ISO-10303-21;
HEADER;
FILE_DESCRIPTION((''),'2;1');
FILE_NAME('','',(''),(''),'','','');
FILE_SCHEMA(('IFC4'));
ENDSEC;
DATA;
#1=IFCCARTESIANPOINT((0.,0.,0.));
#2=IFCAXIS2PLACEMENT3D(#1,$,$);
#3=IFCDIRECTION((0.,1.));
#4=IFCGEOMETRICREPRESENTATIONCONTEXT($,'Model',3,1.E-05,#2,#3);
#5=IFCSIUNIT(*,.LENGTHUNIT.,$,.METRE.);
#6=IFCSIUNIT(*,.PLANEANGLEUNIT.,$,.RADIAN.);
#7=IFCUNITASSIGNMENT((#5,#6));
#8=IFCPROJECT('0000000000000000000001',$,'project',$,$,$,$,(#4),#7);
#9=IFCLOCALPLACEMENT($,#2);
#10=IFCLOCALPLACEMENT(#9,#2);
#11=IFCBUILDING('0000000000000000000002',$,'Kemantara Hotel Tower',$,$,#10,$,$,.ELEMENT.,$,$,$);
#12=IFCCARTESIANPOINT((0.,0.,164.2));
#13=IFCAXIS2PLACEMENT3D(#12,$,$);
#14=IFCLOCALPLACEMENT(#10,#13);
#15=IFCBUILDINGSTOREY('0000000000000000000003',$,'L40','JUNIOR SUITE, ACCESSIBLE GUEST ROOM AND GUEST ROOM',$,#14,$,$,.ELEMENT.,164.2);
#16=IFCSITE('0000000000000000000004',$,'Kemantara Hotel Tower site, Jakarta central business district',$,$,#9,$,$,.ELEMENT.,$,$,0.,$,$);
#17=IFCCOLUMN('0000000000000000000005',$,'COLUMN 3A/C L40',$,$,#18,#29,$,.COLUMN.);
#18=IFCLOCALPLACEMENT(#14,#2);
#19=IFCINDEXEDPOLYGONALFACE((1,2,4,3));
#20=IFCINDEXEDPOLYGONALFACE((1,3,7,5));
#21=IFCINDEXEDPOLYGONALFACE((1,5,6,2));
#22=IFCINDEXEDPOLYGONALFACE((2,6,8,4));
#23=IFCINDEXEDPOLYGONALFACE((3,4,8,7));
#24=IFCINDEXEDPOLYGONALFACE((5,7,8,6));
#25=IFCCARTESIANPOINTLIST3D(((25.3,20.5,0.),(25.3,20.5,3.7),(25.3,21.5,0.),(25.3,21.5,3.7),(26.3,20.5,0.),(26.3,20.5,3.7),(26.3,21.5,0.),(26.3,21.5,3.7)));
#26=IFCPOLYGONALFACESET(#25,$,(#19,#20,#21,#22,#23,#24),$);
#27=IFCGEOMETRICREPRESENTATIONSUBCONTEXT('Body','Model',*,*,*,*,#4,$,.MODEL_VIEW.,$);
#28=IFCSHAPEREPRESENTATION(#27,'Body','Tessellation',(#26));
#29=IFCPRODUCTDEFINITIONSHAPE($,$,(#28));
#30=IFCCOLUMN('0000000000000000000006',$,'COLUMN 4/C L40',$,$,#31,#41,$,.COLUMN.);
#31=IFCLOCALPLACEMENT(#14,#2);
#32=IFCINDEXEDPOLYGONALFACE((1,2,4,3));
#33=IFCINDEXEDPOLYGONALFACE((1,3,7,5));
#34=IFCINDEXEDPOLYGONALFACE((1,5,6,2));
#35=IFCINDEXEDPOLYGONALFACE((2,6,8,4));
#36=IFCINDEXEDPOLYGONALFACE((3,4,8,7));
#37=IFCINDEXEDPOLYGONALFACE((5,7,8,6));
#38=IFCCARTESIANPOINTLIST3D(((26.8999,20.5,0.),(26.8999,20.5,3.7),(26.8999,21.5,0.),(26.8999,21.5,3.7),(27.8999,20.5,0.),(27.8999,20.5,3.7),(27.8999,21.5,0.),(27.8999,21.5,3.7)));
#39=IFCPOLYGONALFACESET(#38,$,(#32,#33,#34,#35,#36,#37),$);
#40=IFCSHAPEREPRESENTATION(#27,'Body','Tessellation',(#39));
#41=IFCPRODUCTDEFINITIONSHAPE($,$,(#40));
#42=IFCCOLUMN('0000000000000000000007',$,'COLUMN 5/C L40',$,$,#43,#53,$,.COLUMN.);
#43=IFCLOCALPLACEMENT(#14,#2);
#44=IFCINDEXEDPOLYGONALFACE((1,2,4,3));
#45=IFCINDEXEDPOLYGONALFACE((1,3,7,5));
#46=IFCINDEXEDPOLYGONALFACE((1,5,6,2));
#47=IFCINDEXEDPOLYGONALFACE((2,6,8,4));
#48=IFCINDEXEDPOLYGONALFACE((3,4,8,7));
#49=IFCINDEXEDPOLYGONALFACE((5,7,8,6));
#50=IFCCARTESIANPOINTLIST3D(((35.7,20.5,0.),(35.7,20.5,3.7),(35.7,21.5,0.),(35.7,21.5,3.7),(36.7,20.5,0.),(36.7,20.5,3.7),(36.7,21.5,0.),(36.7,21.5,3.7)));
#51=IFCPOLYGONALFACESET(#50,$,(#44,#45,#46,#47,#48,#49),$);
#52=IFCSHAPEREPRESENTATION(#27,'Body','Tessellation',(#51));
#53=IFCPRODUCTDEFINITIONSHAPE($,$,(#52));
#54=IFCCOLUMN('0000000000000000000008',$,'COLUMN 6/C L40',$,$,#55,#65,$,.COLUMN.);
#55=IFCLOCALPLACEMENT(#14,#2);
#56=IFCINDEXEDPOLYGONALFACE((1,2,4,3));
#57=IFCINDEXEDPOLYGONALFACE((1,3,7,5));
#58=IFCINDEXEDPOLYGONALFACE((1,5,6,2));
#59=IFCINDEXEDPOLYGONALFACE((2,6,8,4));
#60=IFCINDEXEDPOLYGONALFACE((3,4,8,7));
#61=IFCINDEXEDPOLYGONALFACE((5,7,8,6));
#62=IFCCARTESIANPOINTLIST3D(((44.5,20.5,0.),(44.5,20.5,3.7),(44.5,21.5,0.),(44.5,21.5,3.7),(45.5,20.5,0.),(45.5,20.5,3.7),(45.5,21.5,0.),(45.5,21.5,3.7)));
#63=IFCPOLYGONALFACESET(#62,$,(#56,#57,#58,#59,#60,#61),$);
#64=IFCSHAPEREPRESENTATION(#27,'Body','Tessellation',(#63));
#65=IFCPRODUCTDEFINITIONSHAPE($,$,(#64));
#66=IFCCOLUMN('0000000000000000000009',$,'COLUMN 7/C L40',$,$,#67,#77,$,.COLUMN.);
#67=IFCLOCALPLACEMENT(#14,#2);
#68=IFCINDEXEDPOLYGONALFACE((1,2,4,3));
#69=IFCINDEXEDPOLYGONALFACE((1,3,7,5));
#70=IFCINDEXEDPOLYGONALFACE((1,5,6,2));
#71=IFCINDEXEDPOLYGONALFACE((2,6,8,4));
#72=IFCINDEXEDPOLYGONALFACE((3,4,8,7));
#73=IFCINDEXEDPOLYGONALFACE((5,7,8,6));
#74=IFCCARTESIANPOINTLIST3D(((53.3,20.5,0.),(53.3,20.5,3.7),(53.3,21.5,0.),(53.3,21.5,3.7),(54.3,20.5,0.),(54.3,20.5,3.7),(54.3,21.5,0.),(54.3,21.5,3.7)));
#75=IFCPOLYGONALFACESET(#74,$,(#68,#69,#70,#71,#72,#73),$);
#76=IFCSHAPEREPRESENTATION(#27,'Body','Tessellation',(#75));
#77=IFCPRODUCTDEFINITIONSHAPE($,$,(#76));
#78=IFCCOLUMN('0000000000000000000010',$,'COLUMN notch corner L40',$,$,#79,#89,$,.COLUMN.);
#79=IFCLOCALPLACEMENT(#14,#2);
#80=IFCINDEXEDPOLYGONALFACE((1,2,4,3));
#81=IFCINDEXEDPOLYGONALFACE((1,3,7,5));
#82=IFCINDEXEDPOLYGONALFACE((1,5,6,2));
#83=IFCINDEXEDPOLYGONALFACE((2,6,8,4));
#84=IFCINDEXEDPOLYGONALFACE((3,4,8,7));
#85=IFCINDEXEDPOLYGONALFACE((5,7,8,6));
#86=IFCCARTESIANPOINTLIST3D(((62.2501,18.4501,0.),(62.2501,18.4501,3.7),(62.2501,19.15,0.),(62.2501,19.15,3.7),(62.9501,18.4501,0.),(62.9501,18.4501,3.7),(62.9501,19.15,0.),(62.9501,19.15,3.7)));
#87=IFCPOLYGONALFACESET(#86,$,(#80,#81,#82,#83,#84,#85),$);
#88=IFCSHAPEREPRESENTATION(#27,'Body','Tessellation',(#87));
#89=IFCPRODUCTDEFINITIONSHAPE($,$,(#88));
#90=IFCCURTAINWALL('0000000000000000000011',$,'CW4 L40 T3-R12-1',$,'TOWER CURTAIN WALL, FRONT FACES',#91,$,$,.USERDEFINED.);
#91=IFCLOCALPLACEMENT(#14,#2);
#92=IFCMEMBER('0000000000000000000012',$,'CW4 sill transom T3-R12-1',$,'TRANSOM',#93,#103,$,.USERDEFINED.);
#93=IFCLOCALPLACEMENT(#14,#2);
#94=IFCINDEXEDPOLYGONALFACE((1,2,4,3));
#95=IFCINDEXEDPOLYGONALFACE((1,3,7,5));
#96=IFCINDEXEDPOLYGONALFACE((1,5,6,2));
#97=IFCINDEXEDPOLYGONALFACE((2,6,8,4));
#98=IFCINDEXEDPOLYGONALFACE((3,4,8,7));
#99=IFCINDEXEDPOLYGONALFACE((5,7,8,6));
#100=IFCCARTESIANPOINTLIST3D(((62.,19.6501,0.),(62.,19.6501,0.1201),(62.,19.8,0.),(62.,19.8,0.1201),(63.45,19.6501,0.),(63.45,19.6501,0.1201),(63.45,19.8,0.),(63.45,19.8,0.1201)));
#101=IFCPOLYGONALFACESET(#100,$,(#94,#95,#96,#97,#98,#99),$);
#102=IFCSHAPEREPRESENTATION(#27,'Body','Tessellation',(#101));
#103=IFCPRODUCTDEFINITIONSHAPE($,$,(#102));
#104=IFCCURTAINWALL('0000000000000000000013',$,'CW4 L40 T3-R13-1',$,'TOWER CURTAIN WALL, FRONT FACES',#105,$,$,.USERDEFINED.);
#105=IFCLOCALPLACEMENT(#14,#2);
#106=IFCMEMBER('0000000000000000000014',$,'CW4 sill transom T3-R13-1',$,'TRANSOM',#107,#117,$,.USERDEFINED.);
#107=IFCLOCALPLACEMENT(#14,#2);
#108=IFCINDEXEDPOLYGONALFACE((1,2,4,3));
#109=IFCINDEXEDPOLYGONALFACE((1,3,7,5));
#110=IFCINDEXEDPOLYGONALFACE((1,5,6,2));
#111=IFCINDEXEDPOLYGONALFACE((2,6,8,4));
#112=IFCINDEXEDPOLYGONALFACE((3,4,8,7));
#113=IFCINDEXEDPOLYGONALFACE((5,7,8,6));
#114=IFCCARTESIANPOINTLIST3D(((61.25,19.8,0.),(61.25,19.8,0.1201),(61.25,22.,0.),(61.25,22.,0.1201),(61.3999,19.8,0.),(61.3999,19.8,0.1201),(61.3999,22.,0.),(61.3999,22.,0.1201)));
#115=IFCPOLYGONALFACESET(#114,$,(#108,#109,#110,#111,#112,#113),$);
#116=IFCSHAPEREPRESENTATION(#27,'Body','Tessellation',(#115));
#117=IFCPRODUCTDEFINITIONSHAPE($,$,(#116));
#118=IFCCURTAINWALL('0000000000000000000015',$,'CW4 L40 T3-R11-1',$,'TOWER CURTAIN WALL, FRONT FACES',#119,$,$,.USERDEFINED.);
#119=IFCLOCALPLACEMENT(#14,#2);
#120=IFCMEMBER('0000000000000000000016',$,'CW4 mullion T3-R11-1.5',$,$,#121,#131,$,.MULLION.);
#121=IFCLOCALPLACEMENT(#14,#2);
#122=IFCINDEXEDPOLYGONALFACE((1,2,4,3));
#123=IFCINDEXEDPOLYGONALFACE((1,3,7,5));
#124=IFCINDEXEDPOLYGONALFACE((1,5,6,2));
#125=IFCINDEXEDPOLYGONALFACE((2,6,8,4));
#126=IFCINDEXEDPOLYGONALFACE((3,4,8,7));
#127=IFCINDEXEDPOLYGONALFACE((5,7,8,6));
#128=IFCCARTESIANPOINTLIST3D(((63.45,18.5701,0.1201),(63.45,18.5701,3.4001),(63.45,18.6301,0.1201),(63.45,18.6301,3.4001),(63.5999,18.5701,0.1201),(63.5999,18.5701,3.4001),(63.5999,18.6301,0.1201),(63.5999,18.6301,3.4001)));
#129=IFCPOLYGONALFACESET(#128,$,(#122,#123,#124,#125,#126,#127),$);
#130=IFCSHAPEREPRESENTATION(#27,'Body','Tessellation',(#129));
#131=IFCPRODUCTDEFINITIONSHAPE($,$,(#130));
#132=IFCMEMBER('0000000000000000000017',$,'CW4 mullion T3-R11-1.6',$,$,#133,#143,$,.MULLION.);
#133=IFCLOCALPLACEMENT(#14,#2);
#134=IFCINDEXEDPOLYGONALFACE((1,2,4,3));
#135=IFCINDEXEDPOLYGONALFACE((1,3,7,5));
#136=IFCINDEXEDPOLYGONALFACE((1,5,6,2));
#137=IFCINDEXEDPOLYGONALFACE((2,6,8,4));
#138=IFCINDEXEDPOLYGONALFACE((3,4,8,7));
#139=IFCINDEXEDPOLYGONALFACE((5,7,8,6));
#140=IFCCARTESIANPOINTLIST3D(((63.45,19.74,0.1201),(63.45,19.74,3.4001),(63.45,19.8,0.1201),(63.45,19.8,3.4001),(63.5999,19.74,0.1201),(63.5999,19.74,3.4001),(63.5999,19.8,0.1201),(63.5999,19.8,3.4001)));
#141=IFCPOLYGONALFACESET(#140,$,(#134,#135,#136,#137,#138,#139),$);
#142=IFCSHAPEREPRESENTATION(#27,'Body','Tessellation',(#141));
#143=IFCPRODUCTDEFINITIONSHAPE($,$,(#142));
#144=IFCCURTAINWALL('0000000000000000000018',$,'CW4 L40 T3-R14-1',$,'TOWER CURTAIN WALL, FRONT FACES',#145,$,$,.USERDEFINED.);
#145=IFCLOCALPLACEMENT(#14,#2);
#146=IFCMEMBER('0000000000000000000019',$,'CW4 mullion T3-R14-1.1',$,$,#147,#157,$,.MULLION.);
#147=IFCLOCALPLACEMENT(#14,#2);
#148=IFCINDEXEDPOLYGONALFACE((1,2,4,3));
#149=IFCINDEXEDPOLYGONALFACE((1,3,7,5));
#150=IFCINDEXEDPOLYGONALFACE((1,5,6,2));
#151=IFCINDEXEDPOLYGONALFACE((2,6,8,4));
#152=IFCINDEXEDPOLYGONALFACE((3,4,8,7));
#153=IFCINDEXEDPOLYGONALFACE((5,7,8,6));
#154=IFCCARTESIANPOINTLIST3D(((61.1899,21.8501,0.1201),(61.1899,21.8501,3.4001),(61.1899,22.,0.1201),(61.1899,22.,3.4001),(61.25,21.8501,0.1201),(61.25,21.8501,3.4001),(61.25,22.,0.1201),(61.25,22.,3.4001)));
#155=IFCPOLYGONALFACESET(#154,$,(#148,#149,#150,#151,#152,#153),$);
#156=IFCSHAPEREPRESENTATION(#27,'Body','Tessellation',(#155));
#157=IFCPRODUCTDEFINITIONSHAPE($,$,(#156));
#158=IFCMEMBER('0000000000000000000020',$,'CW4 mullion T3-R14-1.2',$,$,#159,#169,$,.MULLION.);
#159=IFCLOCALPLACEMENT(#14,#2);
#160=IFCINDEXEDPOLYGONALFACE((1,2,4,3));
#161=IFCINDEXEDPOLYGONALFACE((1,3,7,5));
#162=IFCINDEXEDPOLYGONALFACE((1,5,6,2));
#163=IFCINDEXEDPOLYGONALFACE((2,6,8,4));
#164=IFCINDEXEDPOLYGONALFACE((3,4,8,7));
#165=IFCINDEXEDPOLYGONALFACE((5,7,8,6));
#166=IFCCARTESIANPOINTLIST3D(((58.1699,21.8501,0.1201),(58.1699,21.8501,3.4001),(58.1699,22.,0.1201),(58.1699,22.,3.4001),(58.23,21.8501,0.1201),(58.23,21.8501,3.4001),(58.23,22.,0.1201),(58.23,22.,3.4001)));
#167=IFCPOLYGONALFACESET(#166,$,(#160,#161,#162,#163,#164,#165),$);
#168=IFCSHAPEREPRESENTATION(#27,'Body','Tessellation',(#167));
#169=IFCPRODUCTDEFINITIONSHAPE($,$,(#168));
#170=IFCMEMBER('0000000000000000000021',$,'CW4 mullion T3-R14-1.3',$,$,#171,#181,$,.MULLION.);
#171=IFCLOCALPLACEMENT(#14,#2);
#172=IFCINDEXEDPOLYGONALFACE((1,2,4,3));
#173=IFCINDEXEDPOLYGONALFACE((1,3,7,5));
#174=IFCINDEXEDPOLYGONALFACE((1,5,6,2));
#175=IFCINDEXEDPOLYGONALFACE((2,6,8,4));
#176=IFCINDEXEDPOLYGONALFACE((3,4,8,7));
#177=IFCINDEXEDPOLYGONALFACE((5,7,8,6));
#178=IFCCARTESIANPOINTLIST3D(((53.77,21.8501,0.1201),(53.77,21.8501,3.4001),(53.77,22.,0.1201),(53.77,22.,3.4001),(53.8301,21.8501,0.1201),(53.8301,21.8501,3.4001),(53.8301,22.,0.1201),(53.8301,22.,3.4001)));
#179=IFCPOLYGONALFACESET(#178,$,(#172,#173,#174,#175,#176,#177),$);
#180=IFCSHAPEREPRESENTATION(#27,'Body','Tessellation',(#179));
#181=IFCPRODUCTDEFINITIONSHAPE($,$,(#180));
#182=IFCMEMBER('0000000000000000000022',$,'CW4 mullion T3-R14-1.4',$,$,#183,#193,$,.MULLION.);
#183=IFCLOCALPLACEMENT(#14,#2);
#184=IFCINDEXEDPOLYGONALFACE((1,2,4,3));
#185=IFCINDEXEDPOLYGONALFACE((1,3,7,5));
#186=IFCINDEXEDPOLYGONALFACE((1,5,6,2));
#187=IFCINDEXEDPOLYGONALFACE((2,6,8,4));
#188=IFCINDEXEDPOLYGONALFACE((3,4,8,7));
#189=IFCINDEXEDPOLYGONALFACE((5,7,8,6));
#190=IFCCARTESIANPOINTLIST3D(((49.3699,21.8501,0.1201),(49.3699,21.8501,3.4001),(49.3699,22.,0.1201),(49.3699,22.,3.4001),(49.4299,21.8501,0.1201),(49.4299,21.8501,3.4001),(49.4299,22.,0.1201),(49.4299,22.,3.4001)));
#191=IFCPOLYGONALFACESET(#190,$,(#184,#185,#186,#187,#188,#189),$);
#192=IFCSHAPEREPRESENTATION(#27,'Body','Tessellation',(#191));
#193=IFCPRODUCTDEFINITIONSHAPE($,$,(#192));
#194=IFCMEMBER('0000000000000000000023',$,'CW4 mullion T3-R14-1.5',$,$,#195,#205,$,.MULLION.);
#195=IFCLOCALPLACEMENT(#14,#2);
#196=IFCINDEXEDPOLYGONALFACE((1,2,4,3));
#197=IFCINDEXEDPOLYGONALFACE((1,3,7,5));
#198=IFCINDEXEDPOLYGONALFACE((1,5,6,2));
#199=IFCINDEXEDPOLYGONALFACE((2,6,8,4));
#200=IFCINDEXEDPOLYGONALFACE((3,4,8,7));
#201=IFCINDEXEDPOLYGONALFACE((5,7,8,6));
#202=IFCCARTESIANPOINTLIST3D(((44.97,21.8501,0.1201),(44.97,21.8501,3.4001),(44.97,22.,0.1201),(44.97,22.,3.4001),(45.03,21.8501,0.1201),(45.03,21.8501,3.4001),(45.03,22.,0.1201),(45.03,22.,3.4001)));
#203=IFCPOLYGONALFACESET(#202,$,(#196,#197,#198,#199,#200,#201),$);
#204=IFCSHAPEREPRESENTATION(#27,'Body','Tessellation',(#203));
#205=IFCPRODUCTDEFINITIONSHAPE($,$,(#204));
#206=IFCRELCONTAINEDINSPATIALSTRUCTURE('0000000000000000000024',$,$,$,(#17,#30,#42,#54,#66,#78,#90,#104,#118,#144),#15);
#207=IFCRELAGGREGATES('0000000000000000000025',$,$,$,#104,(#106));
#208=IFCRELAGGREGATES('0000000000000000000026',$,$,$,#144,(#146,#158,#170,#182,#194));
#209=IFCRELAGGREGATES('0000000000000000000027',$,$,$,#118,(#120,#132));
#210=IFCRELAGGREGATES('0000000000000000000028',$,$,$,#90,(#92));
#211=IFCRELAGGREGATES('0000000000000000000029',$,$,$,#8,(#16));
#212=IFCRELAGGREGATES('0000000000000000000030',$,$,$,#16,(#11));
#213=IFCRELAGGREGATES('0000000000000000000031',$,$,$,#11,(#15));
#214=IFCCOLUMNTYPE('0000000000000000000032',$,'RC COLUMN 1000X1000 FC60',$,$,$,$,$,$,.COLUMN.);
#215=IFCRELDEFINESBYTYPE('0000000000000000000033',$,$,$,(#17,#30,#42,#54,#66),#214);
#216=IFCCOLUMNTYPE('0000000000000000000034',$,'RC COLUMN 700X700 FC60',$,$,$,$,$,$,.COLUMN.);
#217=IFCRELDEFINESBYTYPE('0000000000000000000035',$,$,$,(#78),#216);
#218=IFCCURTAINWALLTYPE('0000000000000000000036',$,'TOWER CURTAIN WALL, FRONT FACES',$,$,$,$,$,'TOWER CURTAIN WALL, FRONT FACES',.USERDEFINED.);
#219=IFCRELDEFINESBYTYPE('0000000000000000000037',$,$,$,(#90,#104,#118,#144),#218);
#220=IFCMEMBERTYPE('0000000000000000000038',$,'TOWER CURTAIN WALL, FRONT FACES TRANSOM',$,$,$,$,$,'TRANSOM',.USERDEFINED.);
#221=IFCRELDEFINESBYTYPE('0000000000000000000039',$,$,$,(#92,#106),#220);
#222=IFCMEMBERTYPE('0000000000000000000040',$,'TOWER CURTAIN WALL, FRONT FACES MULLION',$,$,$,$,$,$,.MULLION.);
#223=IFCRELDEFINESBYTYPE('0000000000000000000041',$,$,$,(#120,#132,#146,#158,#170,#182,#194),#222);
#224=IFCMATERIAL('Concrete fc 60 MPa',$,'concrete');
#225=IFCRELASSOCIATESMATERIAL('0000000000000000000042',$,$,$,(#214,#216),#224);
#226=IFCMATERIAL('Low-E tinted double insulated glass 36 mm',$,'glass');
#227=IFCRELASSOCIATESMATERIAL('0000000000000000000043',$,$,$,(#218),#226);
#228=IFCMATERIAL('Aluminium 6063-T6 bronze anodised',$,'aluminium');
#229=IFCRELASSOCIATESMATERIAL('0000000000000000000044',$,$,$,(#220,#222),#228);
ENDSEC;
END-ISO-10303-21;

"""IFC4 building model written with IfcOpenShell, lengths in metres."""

from ifc_helpers import new_model, si_unit, direction, frame, origin, origin_2d, place, context, subcontext, project, spatial, rectangle, extrude, source, transform, mapped, material, material_profile, profile_set, type_object, element, aggregate, save


model = new_model("IFC4")

# Units and contexts
model_context = context("Model", 3, precision=1e-05, world=origin(), true_north=direction((0.0, 1.0)))
body_context = subcontext(model_context, "Body", "Model", "MODEL_VIEW")
ifc_project = project(units=[si_unit("LENGTHUNIT", "METRE"), si_unit("PLANEANGLEUNIT", "RADIAN")], contexts=[model_context])

# Site, building, storey
site_placement = place(None, origin())
site = spatial("IfcSite", under=ifc_project, at=site_placement, Name="Kemantara Hotel Tower site, Jakarta central business district", CompositionType="ELEMENT", RefElevation=0.0)
building_placement = place(site_placement, origin())
building = spatial("IfcBuilding", under=site, at=building_placement, Name="Kemantara Hotel Tower", CompositionType="ELEMENT")
storey_placement = place(building_placement, frame((0.0, 0.0, 164.2)))
storey = spatial("IfcBuildingStorey", under=building, at=storey_placement, Name="L40", Description="JUNIOR SUITE, ACCESSIBLE GUEST ROOM AND GUEST ROOM", CompositionType="ELEMENT", Elevation=164.2)

# Columns
ifc_material_1 = material(Name="Concrete fc 60 MPa", Category="concrete")
ifc_material_profile_1 = material_profile(ifc_material_1, rectangle(XDim=1.0, YDim=1.0, at=origin_2d()), Name="RC 1000X1000")
ifc_profile_set_1 = profile_set([ifc_material_profile_1], Name="Concrete fc 60 MPa")
column_type_1 = type_object("IfcColumnType", Name="RC COLUMN 1000X1000 FC60", PredefinedType="COLUMN", material=ifc_profile_set_1)
for number, where, z_axis, x_axis, name in (
    (1, (25.8, 21.0, 0.0), (0.0, 0.0, 1.0), (1.0, 0.0, 0.0), "COLUMN 3A/C L40"),
    (2, (27.3999, 21.0, 0.0), (0.0, 0.0, 1.0), (1.0, 0.0, 0.0), "COLUMN 4/C L40"),
    (3, (36.2, 21.0, 0.0), (0.0, 0.0, 1.0), (1.0, 0.0, 0.0), "COLUMN 5/C L40"),
    (4, (45.0, 21.0, 0.0), (0.0, 0.0, 1.0), (1.0, 0.0, 0.0), "COLUMN 6/C L40"),
    (5, (53.8, 21.0, 0.0), (0.0, 0.0, 1.0), (1.0, 0.0, 0.0), "COLUMN 7/C L40"),
):
    element("IfcColumn", number, at=place(storey_placement, frame(where, z_axis=z_axis, x_axis=x_axis)), inside=storey, type_object=column_type_1, Name=name, PredefinedType="COLUMN", context=body_context, shape_type="SweptSolid", body=[
        extrude(rectangle(XDim=1.0, YDim=1.0, at=origin_2d()), origin(), (0.0, 0.0, 1.0), 3.7),
    ])
ifc_material_profile_2 = material_profile(ifc_material_1, rectangle(XDim=0.7, YDim=0.7, at=origin_2d()), Name="RC 700X700")
ifc_profile_set_2 = profile_set([ifc_material_profile_2], Name="Concrete fc 60 MPa")
column_type_2 = type_object("IfcColumnType", Name="RC COLUMN 700X700 FC60", PredefinedType="COLUMN", material=ifc_profile_set_2)
column_placement = place(storey_placement, frame((62.6001, 18.8, 0.0), z_axis=(0.0, 0.0, 1.0), x_axis=(1.0, 0.0, 0.0)))
element("IfcColumn", 6, at=column_placement, inside=storey, type_object=column_type_2, Name="COLUMN notch corner L40", PredefinedType="COLUMN", context=body_context, shape_type="SweptSolid", body=[
    extrude(rectangle(XDim=0.7, YDim=0.7, at=origin_2d()), origin(), (0.0, 0.0, 1.0), 3.7),
])

# Curtain walls, members
ifc_material_2 = material(Name="Low-E tinted double insulated glass 36 mm", Category="glass")
curtain_wall_type = type_object("IfcCurtainWallType", Name="TOWER CURTAIN WALL, FRONT FACES", ElementType="TOWER CURTAIN WALL, FRONT FACES", PredefinedType="USERDEFINED", material=ifc_material_2)
curtain_wall_1_placement = place(storey_placement, origin())
curtain_wall_1 = element("IfcCurtainWall", 7, at=curtain_wall_1_placement, inside=storey, type_object=curtain_wall_type, Name="CW4 L40 T3-R12-1", ObjectType="TOWER CURTAIN WALL, FRONT FACES", PredefinedType="USERDEFINED")
ifc_material_3 = material(Name="Aluminium 6063-T6 bronze anodised", Category="aluminium")
ifc_material_profile_3 = material_profile(ifc_material_3, rectangle(XDim=0.1499, YDim=0.1201, at=origin_2d()), Name="TOWER CURTAIN WALL, FRONT FACES TRANSOM")
ifc_profile_set_3 = profile_set([ifc_material_profile_3], Name="Aluminium 6063-T6 bronze anodised")
member_type_1 = type_object("IfcMemberType", Name="TOWER CURTAIN WALL, FRONT FACES TRANSOM", ElementType="TRANSOM", PredefinedType="USERDEFINED", material=ifc_profile_set_3)
member_1_placement = place(storey_placement, frame((63.45, 19.7251, 0.0601), z_axis=(-1.0, 0.0, 0.0), x_axis=(0.0, -1.0, 0.0)))
member_1 = element("IfcMember", 8, at=member_1_placement, type_object=member_type_1, Name="CW4 sill transom T3-R12-1", ObjectType="TRANSOM", PredefinedType="USERDEFINED", context=body_context, shape_type="SweptSolid", body=[
    extrude(rectangle(XDim=0.1499, YDim=0.1201, at=origin_2d()), origin(), (0.0, 0.0, 1.0), 1.45),
])
curtain_wall_2_placement = place(storey_placement, origin())
curtain_wall_2 = element("IfcCurtainWall", 9, at=curtain_wall_2_placement, inside=storey, type_object=curtain_wall_type, Name="CW4 L40 T3-R13-1", ObjectType="TOWER CURTAIN WALL, FRONT FACES", PredefinedType="USERDEFINED")
member_2_placement = place(storey_placement, frame((61.325, 19.8, 0.0601), z_axis=(0.0, 1.0, 0.0), x_axis=(-1.0, 0.0, 0.0)))
member_2 = element("IfcMember", 10, at=member_2_placement, type_object=member_type_1, Name="CW4 sill transom T3-R13-1", ObjectType="TRANSOM", PredefinedType="USERDEFINED", context=body_context, shape_type="SweptSolid", body=[
    extrude(rectangle(XDim=0.1499, YDim=0.1201, at=origin_2d()), origin(), (0.0, 0.0, 1.0), 2.2),
])

# Curtain walls, members
curtain_wall_3_placement = place(storey_placement, origin())
curtain_wall_3 = element("IfcCurtainWall", 11, at=curtain_wall_3_placement, inside=storey, type_object=curtain_wall_type, Name="CW4 L40 T3-R11-1", ObjectType="TOWER CURTAIN WALL, FRONT FACES", PredefinedType="USERDEFINED")
ifc_material_profile_4 = material_profile(ifc_material_3, rectangle(XDim=0.1499, YDim=0.0601, at=origin_2d()), Name="TOWER CURTAIN WALL, FRONT FACES MULLION")
ifc_profile_set_4 = profile_set([ifc_material_profile_4], Name="Aluminium 6063-T6 bronze anodised")
member_type_2 = type_object("IfcMemberType", Name="TOWER CURTAIN WALL, FRONT FACES MULLION", PredefinedType="MULLION", material=ifc_profile_set_4)
shared_shape_1 = source(origin(), body_context, "Body", "SweptSolid", [
    extrude(rectangle(XDim=0.1499, YDim=0.0601, at=origin_2d()), origin(), (0.0, 0.0, 1.0), 3.28),
])
member_3_placement = place(storey_placement, frame((63.5249, 18.6001, 0.1201), z_axis=(0.0, 0.0, 1.0), x_axis=(-1.0, 0.0, 0.0)))
member_3 = element("IfcMember", 12, at=member_3_placement, type_object=member_type_2, Name="CW4 mullion T3-R11-1.5", PredefinedType="MULLION", context=body_context, shape_type="MappedRepresentation", body=[
    mapped(shared_shape_1, transform((0.0, 0.0, 0.0))),
])
member_4_placement = place(storey_placement, frame((63.5249, 19.77, 0.1201), z_axis=(0.0, 0.0, 1.0), x_axis=(-1.0, 0.0, 0.0)))
member_4 = element("IfcMember", 13, at=member_4_placement, type_object=member_type_2, Name="CW4 mullion T3-R11-1.6", PredefinedType="MULLION", context=body_context, shape_type="MappedRepresentation", body=[
    mapped(shared_shape_1, transform((0.0, 0.0, 0.0))),
])
curtain_wall_4_placement = place(storey_placement, origin())
curtain_wall_4 = element("IfcCurtainWall", 14, at=curtain_wall_4_placement, inside=storey, type_object=curtain_wall_type, Name="CW4 L40 T3-R14-1", ObjectType="TOWER CURTAIN WALL, FRONT FACES", PredefinedType="USERDEFINED")
member_5_placement = place(storey_placement, frame((61.22, 21.925, 0.1201), z_axis=(0.0, 0.0, 1.0), x_axis=(0.0, -1.0, 0.0)))
member_5 = element("IfcMember", 15, at=member_5_placement, type_object=member_type_2, Name="CW4 mullion T3-R14-1.1", PredefinedType="MULLION", context=body_context, shape_type="MappedRepresentation", body=[
    mapped(shared_shape_1, transform((0.0, 0.0, 0.0))),
])
member_6_placement = place(storey_placement, frame((58.2, 21.925, 0.1201), z_axis=(0.0, 0.0, 1.0), x_axis=(0.0, -1.0, 0.0)))
member_6 = element("IfcMember", 16, at=member_6_placement, type_object=member_type_2, Name="CW4 mullion T3-R14-1.2", PredefinedType="MULLION", context=body_context, shape_type="MappedRepresentation", body=[
    mapped(shared_shape_1, transform((0.0, 0.0, 0.0))),
])
member_7_placement = place(storey_placement, frame((53.8, 21.925, 0.1201), z_axis=(0.0, 0.0, 1.0), x_axis=(0.0, -1.0, 0.0)))
member_7 = element("IfcMember", 17, at=member_7_placement, type_object=member_type_2, Name="CW4 mullion T3-R14-1.3", PredefinedType="MULLION", context=body_context, shape_type="MappedRepresentation", body=[
    mapped(shared_shape_1, transform((0.0, 0.0, 0.0))),
])
member_8_placement = place(storey_placement, frame((49.3999, 21.925, 0.1201), z_axis=(0.0, 0.0, 1.0), x_axis=(0.0, -1.0, 0.0)))
member_8 = element("IfcMember", 18, at=member_8_placement, type_object=member_type_2, Name="CW4 mullion T3-R14-1.4", PredefinedType="MULLION", context=body_context, shape_type="MappedRepresentation", body=[
    mapped(shared_shape_1, transform((0.0, 0.0, 0.0))),
])
member_9_placement = place(storey_placement, frame((45.0, 21.925, 0.1201), z_axis=(0.0, 0.0, 1.0), x_axis=(0.0, -1.0, 0.0)))
member_9 = element("IfcMember", 19, at=member_9_placement, type_object=member_type_2, Name="CW4 mullion T3-R14-1.5", PredefinedType="MULLION", context=body_context, shape_type="MappedRepresentation", body=[
    mapped(shared_shape_1, transform((0.0, 0.0, 0.0))),
])

aggregate(curtain_wall_2, [member_2])
aggregate(curtain_wall_4, [member_5, member_6, member_7, member_8, member_9])
aggregate(curtain_wall_3, [member_3, member_4])
aggregate(curtain_wall_1, [member_1])

save(model, "model.ifc")
